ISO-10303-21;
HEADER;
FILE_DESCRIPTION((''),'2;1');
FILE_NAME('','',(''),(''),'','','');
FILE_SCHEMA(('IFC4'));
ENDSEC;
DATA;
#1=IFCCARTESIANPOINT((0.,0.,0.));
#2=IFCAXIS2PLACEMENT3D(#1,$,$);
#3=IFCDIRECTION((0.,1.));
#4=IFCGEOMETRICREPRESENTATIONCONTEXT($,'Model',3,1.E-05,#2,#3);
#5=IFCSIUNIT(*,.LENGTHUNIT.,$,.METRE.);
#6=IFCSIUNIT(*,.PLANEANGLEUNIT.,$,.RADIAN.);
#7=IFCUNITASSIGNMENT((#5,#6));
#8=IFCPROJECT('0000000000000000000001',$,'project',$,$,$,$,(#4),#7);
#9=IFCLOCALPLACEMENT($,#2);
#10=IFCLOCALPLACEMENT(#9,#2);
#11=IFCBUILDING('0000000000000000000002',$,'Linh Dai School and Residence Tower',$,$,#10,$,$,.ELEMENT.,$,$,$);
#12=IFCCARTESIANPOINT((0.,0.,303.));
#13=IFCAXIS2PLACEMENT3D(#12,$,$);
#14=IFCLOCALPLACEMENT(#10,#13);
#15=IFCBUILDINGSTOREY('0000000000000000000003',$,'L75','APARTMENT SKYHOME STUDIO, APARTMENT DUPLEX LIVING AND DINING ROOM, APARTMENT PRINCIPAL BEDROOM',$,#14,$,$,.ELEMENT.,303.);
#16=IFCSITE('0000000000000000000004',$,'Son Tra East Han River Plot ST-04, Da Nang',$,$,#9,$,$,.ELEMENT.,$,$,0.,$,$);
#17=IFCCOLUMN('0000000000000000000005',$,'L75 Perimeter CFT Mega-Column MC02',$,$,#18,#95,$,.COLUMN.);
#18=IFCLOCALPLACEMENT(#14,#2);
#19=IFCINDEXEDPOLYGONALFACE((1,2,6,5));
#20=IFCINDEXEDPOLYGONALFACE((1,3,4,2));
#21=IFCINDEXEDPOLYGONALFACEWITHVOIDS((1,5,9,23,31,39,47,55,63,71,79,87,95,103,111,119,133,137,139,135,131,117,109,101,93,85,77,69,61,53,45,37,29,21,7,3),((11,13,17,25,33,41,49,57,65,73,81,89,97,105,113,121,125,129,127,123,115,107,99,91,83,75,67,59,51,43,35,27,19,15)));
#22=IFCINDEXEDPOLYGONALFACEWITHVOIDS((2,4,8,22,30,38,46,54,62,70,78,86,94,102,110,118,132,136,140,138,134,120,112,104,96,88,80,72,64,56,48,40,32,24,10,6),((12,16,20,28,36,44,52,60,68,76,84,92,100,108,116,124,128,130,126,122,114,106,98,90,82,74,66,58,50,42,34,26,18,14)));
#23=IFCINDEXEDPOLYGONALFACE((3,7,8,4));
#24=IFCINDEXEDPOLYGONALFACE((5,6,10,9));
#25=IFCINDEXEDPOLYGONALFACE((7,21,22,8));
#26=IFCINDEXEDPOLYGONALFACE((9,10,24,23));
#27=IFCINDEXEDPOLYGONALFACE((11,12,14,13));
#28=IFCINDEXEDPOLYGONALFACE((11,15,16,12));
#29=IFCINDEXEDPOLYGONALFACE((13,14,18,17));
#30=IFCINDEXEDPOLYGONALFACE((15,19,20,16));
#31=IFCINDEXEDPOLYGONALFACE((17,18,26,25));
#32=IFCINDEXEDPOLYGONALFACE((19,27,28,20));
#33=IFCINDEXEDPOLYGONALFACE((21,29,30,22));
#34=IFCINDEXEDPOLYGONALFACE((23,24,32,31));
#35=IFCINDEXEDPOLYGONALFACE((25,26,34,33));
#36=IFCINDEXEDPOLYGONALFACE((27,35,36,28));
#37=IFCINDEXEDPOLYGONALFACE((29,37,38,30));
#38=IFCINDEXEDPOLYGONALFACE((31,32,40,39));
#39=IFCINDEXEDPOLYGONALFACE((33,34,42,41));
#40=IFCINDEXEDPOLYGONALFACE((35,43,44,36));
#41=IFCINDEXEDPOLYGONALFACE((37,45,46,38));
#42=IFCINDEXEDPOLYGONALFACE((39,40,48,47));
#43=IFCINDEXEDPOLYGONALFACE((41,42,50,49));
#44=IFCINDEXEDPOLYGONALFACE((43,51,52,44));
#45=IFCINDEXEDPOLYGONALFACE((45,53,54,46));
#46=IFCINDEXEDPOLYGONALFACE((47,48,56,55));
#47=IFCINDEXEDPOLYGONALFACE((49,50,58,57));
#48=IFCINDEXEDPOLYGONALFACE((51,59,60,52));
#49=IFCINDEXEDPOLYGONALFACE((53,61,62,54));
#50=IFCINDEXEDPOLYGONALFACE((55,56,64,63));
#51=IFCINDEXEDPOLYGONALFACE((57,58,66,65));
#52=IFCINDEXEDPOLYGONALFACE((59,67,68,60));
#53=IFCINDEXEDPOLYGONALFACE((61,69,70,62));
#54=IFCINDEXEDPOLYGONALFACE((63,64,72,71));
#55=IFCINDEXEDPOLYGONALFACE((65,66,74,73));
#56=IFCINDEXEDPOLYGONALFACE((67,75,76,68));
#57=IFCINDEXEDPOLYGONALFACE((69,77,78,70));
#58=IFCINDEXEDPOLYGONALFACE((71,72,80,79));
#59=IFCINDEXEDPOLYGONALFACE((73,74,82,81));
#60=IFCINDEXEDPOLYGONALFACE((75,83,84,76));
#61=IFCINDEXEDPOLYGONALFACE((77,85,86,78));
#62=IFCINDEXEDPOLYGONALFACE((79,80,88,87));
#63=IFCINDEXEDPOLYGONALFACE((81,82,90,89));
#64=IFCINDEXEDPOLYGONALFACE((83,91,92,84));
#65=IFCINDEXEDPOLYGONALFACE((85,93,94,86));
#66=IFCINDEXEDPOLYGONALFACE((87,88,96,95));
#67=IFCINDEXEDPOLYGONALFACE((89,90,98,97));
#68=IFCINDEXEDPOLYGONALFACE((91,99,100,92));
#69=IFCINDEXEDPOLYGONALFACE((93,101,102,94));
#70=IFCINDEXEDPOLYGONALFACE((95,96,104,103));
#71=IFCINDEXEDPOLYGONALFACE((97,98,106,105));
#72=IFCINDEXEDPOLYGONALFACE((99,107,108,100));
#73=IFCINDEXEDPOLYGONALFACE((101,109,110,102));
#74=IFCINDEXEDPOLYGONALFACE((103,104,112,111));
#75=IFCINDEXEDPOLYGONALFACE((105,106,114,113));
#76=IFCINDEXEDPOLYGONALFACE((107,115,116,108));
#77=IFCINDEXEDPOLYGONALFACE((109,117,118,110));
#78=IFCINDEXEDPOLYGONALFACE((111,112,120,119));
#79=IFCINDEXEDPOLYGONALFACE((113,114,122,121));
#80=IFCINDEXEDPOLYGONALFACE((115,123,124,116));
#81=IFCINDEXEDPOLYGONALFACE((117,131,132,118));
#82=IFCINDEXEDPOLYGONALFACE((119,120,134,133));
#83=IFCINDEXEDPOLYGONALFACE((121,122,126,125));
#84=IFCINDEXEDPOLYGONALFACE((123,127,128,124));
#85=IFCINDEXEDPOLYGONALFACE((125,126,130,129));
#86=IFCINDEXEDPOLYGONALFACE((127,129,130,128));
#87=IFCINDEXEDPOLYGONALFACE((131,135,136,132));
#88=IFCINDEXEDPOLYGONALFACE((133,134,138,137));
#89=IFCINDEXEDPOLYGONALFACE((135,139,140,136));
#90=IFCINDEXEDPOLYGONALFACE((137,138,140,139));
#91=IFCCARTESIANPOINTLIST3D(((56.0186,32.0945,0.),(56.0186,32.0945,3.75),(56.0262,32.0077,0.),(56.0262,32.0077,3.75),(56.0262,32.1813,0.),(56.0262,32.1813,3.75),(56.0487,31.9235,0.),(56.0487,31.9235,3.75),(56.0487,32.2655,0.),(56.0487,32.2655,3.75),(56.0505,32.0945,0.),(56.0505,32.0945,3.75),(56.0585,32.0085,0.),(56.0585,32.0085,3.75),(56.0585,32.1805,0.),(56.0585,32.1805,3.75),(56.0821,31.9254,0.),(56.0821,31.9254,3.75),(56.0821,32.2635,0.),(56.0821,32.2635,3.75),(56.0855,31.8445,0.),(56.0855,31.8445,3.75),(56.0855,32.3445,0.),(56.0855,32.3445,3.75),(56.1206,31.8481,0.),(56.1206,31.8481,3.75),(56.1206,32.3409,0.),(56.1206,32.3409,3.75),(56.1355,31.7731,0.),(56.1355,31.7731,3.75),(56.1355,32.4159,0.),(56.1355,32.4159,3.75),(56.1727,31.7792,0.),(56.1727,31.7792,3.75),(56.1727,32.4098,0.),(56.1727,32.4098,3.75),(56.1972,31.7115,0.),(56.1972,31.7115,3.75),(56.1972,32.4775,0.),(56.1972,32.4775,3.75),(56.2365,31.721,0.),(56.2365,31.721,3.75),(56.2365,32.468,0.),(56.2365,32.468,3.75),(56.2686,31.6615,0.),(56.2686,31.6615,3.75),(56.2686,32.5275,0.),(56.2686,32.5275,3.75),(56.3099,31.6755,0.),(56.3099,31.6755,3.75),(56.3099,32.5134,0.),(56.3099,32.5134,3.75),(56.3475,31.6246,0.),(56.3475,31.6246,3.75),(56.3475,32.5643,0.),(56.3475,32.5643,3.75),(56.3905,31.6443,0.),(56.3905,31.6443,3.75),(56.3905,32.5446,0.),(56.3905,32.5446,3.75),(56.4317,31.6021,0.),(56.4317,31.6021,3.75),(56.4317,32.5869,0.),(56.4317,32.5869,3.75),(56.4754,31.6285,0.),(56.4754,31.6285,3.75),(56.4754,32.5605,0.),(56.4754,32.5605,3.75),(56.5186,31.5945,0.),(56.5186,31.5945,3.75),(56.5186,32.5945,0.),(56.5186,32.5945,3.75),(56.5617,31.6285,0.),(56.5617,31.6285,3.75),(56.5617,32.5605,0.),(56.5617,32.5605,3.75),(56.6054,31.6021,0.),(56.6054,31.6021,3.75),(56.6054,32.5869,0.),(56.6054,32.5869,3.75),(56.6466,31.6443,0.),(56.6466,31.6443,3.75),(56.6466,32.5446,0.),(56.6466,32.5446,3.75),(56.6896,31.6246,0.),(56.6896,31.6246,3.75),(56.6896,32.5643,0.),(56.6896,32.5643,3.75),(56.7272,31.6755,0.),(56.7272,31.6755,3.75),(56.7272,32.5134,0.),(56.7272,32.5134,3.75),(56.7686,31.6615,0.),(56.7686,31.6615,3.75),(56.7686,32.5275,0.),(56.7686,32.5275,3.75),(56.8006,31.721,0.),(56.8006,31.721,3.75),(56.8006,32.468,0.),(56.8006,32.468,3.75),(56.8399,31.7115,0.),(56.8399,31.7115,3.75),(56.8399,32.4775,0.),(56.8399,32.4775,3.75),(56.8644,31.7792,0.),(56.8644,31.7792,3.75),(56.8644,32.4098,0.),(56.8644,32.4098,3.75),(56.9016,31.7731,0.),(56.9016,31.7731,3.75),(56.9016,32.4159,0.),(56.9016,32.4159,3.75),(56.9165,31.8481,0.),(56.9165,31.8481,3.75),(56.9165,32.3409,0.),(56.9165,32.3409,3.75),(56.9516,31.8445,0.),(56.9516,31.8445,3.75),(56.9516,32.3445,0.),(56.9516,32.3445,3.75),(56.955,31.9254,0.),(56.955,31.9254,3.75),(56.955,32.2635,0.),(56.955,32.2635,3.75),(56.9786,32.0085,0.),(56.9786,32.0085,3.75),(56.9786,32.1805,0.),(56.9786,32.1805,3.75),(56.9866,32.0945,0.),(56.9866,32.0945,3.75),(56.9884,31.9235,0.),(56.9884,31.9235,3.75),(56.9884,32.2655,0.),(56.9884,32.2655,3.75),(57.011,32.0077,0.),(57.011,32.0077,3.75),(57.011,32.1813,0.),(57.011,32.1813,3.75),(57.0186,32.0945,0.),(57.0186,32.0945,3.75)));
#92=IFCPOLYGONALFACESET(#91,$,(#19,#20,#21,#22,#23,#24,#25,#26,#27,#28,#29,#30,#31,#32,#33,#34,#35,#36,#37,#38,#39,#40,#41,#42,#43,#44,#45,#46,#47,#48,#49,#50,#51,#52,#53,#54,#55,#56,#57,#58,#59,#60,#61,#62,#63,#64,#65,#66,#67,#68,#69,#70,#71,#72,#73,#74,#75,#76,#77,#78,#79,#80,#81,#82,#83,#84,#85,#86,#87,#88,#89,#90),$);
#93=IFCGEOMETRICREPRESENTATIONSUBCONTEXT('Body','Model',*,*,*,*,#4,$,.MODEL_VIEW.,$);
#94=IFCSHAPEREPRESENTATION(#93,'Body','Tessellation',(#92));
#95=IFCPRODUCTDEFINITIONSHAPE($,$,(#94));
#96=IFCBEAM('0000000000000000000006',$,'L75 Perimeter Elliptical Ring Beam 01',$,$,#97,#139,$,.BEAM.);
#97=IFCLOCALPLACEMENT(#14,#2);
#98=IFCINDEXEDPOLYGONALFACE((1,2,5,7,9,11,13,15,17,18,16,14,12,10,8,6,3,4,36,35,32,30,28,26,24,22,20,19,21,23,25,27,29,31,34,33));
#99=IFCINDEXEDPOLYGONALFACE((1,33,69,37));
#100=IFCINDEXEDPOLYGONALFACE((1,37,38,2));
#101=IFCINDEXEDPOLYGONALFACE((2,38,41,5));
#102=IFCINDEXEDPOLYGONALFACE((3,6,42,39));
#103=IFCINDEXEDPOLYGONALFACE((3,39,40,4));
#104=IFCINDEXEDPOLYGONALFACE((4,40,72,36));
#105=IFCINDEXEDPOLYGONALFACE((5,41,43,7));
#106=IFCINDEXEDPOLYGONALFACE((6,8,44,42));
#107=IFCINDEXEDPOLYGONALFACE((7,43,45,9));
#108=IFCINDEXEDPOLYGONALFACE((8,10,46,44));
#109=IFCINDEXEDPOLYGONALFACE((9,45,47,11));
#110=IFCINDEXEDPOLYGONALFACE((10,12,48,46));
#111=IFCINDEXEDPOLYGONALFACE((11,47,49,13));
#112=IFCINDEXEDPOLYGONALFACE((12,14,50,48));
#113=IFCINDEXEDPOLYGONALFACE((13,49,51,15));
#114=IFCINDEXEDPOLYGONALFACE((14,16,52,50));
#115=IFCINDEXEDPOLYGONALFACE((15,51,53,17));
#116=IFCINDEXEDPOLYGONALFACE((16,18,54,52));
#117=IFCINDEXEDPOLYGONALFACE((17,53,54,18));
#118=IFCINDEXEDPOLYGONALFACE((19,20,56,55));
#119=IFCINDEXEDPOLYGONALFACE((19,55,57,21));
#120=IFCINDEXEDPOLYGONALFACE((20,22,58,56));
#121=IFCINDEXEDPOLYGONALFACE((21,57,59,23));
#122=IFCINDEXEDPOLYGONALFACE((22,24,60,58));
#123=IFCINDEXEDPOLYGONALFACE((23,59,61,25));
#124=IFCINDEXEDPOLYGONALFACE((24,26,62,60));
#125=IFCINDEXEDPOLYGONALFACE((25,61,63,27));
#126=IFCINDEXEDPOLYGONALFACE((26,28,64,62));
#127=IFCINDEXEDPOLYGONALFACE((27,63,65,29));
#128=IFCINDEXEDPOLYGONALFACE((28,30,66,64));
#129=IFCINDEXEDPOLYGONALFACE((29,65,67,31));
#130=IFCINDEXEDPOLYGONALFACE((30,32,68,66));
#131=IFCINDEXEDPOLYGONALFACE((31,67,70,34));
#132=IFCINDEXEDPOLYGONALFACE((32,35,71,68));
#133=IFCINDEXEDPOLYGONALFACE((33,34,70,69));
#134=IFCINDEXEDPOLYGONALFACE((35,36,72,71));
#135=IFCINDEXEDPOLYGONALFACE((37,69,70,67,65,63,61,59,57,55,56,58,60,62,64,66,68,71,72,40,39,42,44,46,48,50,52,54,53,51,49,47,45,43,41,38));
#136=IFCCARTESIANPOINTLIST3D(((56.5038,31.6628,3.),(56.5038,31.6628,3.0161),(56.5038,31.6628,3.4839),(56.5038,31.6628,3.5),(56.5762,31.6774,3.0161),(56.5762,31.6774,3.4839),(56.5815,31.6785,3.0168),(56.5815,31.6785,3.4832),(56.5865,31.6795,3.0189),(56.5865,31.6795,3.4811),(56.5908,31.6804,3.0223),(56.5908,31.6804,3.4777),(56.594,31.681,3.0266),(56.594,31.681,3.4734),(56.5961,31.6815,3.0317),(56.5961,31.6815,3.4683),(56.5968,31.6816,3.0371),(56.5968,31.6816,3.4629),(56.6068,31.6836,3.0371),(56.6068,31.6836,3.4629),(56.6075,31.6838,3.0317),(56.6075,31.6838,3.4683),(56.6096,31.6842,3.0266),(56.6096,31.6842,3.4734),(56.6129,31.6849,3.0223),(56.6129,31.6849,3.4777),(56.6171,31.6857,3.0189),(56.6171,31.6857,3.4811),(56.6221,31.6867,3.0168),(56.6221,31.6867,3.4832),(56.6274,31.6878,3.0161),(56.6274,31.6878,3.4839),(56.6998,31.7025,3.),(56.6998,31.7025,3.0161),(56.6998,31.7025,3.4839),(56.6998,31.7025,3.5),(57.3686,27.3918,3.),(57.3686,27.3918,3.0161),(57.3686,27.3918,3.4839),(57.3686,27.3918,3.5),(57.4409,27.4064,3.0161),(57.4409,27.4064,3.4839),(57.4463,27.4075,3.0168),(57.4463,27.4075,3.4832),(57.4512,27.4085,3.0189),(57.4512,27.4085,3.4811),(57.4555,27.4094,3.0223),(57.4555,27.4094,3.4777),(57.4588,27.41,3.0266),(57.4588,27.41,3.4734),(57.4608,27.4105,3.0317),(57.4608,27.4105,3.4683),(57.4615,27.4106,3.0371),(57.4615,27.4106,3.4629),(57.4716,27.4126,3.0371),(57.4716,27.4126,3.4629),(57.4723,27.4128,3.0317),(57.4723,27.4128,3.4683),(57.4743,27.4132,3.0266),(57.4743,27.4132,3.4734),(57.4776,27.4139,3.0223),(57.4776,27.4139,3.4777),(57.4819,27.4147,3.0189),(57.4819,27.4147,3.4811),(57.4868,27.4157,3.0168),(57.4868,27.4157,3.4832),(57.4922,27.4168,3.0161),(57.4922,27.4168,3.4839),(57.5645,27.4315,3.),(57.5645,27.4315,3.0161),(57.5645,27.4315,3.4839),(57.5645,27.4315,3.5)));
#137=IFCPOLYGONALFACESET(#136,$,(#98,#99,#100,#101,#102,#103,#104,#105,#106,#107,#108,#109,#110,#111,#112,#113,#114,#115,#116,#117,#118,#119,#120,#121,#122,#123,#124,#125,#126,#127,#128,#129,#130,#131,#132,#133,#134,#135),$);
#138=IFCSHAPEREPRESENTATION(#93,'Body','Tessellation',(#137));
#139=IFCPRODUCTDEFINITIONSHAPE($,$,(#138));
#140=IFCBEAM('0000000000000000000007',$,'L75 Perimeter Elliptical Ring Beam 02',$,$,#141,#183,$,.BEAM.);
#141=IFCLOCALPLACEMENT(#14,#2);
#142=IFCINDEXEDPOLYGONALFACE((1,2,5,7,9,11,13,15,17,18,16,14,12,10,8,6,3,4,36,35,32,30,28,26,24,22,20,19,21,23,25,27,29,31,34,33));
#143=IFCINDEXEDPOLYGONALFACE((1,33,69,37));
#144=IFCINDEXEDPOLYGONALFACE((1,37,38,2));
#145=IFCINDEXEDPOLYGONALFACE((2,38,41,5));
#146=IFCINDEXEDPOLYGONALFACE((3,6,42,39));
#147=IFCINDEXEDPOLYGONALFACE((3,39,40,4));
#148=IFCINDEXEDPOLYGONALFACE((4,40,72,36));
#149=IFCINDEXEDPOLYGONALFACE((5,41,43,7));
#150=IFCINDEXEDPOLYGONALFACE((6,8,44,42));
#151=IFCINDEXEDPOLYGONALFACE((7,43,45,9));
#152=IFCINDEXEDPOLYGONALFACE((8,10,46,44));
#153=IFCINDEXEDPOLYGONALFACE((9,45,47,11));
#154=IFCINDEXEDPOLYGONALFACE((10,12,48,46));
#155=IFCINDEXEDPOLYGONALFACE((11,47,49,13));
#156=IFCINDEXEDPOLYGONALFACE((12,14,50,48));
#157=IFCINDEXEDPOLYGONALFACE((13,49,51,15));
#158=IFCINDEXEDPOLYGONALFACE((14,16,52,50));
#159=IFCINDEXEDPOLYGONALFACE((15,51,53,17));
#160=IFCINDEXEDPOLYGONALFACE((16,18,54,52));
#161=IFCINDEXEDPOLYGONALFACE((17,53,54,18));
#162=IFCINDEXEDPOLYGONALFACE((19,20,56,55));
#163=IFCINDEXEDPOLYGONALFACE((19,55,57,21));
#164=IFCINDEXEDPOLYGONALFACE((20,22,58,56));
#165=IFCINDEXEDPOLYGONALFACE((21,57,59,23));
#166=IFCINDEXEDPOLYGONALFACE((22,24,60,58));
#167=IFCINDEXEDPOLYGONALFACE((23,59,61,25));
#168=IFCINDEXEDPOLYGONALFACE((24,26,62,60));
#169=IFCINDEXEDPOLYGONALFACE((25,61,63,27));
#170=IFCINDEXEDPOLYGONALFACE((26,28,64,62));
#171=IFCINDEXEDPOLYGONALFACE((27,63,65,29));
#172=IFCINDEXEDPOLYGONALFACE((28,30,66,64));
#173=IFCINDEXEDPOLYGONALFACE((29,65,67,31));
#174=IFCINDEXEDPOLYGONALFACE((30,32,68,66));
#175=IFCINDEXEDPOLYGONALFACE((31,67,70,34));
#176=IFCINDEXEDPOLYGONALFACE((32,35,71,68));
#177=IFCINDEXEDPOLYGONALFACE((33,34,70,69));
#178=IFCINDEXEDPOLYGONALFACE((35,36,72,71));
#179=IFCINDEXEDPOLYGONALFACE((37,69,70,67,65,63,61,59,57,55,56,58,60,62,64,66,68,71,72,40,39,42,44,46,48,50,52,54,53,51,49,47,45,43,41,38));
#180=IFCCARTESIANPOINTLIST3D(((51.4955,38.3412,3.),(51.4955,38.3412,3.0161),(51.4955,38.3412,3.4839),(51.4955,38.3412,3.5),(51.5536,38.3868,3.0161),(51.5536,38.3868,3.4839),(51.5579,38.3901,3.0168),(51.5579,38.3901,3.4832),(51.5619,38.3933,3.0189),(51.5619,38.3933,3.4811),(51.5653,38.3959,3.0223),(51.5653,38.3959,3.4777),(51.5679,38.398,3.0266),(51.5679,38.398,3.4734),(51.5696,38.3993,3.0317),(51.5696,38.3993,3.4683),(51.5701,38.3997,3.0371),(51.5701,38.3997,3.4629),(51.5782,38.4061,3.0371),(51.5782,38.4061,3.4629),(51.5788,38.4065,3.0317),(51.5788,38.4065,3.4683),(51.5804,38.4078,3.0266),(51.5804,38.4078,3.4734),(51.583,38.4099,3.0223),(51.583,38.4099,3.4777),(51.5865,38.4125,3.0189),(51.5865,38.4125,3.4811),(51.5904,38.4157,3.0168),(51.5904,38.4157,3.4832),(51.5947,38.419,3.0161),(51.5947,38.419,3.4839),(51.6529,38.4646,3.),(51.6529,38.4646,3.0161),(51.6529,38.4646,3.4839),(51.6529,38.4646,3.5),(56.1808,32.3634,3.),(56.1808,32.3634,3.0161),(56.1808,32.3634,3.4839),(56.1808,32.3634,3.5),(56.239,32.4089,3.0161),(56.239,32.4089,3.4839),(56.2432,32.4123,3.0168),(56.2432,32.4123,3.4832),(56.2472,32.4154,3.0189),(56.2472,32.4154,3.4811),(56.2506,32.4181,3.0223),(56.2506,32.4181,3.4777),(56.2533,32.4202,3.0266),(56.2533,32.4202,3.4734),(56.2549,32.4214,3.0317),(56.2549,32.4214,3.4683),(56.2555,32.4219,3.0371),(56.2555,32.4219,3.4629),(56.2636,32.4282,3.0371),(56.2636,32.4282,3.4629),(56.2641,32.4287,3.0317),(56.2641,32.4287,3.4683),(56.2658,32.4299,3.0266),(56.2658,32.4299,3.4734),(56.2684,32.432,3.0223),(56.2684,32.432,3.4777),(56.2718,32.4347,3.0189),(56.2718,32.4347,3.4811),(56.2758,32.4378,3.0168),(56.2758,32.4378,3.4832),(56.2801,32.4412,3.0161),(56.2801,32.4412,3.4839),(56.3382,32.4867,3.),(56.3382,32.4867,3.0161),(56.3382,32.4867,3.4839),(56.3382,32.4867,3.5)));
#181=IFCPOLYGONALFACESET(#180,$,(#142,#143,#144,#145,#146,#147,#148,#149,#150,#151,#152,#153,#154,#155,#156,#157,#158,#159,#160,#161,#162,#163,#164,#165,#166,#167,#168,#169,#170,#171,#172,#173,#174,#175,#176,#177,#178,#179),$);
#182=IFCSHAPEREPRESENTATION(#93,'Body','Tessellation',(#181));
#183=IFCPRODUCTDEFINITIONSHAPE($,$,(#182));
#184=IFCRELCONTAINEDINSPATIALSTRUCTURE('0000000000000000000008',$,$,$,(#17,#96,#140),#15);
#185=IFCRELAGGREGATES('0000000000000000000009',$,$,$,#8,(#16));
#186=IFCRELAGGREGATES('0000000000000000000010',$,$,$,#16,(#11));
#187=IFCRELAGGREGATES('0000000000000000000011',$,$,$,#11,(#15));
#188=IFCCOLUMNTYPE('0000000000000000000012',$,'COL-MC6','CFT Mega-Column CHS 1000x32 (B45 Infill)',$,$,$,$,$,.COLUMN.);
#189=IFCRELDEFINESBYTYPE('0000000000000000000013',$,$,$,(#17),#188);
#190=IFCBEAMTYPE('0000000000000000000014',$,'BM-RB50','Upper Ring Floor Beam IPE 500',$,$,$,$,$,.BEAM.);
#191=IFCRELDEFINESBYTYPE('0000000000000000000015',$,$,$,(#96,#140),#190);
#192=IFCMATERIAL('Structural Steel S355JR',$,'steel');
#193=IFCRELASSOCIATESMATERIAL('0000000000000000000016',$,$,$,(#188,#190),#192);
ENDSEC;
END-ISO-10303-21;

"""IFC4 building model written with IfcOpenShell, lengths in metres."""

from ifc_helpers import new_model, si_unit, direction, frame, origin, origin_2d, place, context, subcontext, project, spatial, hollow_circle, i_section, extrude, material, material_profile, profile_set, type_object, element, save


model = new_model("IFC4")

# Units and contexts
model_context = context("Model", 3, precision=1e-05, world=origin(), true_north=direction((0.0, 1.0)))
body_context = subcontext(model_context, "Body", "Model", "MODEL_VIEW")
ifc_project = project(units=[si_unit("LENGTHUNIT", "METRE"), si_unit("PLANEANGLEUNIT", "RADIAN")], contexts=[model_context])

# Site, building, storey
site_placement = place(None, origin())
site = spatial("IfcSite", under=ifc_project, at=site_placement, Name="Son Tra East Han River Plot ST-04, Da Nang", CompositionType="ELEMENT", RefElevation=0.0)
building_placement = place(site_placement, origin())
building = spatial("IfcBuilding", under=site, at=building_placement, Name="Linh Dai School and Residence Tower", CompositionType="ELEMENT")
storey_placement = place(building_placement, frame((0.0, 0.0, 303.0)))
storey = spatial("IfcBuildingStorey", under=building, at=storey_placement, Name="L75", Description="APARTMENT SKYHOME STUDIO, APARTMENT DUPLEX LIVING AND DINING ROOM, APARTMENT PRINCIPAL BEDROOM", CompositionType="ELEMENT", Elevation=303.0)

# Column
ifc_material_1 = material(Name="Structural Steel S355JR", Category="steel")
ifc_material_profile_1 = material_profile(ifc_material_1, hollow_circle(Radius=0.5, WallThickness=0.032, at=origin_2d()), Name="CHS 1000x32")
ifc_profile_set_1 = profile_set([ifc_material_profile_1], Name="Structural Steel S355JR")
column_type = type_object("IfcColumnType", Name="COL-MC6", Description="CFT Mega-Column CHS 1000x32 (B45 Infill)", PredefinedType="COLUMN", material=ifc_profile_set_1)
column_placement = place(storey_placement, frame((56.5186, 32.0945, 0.0), z_axis=(0.0, 0.0, 1.0), x_axis=(1.0, 0.0, 0.0)))
element("IfcColumn", 1, at=column_placement, inside=storey, type_object=column_type, Name="L75 Perimeter CFT Mega-Column MC02", PredefinedType="COLUMN", context=body_context, shape_type="SweptSolid", body=[
    extrude(hollow_circle(Radius=0.5, WallThickness=0.032, at=origin_2d()), origin(), (0.0, 0.0, 1.0), 3.75),
])

# Beams
ifc_material_profile_2 = material_profile(ifc_material_1, i_section(OverallWidth=0.2, OverallDepth=0.5, WebThickness=0.0103, FlangeThickness=0.0161, FilletRadius=0.021, at=origin_2d()), Name="IPE 500")
ifc_profile_set_2 = profile_set([ifc_material_profile_2], Name="Structural Steel S355JR")
beam_type_1 = type_object("IfcBeamType", Name="BM-RB50", Description="Upper Ring Floor Beam IPE 500", PredefinedType="BEAM", material=ifc_profile_set_2)
beam_1_placement = place(storey_placement, frame((57.4666, 27.4116, 3.25), z_axis=(-0.198443, 0.980112, 0.0), x_axis=(-0.980112, -0.198443, 0.0)))
element("IfcBeam", 2, at=beam_1_placement, inside=storey, type_object=beam_type_1, Name="L75 Perimeter Elliptical Ring Beam 01", PredefinedType="BEAM", context=body_context, shape_type="SweptSolid", body=[
    extrude(i_section(OverallWidth=0.2, OverallDepth=0.5, WebThickness=0.0103, FlangeThickness=0.0161, FilletRadius=0.021, at=origin_2d()), origin(), (0.0, 0.0, 1.0), 4.3577),
])
beam_2_placement = place(storey_placement, frame((56.2595, 32.425, 3.25), z_axis=(-0.616883, 0.787055, 0.0), x_axis=(-0.787055, -0.616883, 0.0)))
element("IfcBeam", 3, at=beam_2_placement, inside=storey, type_object=beam_type_1, Name="L75 Perimeter Elliptical Ring Beam 02", PredefinedType="BEAM", context=body_context, shape_type="SweptSolid", body=[
    extrude(i_section(OverallWidth=0.2, OverallDepth=0.5, WebThickness=0.0103, FlangeThickness=0.0161, FilletRadius=0.021, at=origin_2d()), origin(), (0.0, 0.0, 1.0), 7.5952),
])

save(model, "model.ifc")
